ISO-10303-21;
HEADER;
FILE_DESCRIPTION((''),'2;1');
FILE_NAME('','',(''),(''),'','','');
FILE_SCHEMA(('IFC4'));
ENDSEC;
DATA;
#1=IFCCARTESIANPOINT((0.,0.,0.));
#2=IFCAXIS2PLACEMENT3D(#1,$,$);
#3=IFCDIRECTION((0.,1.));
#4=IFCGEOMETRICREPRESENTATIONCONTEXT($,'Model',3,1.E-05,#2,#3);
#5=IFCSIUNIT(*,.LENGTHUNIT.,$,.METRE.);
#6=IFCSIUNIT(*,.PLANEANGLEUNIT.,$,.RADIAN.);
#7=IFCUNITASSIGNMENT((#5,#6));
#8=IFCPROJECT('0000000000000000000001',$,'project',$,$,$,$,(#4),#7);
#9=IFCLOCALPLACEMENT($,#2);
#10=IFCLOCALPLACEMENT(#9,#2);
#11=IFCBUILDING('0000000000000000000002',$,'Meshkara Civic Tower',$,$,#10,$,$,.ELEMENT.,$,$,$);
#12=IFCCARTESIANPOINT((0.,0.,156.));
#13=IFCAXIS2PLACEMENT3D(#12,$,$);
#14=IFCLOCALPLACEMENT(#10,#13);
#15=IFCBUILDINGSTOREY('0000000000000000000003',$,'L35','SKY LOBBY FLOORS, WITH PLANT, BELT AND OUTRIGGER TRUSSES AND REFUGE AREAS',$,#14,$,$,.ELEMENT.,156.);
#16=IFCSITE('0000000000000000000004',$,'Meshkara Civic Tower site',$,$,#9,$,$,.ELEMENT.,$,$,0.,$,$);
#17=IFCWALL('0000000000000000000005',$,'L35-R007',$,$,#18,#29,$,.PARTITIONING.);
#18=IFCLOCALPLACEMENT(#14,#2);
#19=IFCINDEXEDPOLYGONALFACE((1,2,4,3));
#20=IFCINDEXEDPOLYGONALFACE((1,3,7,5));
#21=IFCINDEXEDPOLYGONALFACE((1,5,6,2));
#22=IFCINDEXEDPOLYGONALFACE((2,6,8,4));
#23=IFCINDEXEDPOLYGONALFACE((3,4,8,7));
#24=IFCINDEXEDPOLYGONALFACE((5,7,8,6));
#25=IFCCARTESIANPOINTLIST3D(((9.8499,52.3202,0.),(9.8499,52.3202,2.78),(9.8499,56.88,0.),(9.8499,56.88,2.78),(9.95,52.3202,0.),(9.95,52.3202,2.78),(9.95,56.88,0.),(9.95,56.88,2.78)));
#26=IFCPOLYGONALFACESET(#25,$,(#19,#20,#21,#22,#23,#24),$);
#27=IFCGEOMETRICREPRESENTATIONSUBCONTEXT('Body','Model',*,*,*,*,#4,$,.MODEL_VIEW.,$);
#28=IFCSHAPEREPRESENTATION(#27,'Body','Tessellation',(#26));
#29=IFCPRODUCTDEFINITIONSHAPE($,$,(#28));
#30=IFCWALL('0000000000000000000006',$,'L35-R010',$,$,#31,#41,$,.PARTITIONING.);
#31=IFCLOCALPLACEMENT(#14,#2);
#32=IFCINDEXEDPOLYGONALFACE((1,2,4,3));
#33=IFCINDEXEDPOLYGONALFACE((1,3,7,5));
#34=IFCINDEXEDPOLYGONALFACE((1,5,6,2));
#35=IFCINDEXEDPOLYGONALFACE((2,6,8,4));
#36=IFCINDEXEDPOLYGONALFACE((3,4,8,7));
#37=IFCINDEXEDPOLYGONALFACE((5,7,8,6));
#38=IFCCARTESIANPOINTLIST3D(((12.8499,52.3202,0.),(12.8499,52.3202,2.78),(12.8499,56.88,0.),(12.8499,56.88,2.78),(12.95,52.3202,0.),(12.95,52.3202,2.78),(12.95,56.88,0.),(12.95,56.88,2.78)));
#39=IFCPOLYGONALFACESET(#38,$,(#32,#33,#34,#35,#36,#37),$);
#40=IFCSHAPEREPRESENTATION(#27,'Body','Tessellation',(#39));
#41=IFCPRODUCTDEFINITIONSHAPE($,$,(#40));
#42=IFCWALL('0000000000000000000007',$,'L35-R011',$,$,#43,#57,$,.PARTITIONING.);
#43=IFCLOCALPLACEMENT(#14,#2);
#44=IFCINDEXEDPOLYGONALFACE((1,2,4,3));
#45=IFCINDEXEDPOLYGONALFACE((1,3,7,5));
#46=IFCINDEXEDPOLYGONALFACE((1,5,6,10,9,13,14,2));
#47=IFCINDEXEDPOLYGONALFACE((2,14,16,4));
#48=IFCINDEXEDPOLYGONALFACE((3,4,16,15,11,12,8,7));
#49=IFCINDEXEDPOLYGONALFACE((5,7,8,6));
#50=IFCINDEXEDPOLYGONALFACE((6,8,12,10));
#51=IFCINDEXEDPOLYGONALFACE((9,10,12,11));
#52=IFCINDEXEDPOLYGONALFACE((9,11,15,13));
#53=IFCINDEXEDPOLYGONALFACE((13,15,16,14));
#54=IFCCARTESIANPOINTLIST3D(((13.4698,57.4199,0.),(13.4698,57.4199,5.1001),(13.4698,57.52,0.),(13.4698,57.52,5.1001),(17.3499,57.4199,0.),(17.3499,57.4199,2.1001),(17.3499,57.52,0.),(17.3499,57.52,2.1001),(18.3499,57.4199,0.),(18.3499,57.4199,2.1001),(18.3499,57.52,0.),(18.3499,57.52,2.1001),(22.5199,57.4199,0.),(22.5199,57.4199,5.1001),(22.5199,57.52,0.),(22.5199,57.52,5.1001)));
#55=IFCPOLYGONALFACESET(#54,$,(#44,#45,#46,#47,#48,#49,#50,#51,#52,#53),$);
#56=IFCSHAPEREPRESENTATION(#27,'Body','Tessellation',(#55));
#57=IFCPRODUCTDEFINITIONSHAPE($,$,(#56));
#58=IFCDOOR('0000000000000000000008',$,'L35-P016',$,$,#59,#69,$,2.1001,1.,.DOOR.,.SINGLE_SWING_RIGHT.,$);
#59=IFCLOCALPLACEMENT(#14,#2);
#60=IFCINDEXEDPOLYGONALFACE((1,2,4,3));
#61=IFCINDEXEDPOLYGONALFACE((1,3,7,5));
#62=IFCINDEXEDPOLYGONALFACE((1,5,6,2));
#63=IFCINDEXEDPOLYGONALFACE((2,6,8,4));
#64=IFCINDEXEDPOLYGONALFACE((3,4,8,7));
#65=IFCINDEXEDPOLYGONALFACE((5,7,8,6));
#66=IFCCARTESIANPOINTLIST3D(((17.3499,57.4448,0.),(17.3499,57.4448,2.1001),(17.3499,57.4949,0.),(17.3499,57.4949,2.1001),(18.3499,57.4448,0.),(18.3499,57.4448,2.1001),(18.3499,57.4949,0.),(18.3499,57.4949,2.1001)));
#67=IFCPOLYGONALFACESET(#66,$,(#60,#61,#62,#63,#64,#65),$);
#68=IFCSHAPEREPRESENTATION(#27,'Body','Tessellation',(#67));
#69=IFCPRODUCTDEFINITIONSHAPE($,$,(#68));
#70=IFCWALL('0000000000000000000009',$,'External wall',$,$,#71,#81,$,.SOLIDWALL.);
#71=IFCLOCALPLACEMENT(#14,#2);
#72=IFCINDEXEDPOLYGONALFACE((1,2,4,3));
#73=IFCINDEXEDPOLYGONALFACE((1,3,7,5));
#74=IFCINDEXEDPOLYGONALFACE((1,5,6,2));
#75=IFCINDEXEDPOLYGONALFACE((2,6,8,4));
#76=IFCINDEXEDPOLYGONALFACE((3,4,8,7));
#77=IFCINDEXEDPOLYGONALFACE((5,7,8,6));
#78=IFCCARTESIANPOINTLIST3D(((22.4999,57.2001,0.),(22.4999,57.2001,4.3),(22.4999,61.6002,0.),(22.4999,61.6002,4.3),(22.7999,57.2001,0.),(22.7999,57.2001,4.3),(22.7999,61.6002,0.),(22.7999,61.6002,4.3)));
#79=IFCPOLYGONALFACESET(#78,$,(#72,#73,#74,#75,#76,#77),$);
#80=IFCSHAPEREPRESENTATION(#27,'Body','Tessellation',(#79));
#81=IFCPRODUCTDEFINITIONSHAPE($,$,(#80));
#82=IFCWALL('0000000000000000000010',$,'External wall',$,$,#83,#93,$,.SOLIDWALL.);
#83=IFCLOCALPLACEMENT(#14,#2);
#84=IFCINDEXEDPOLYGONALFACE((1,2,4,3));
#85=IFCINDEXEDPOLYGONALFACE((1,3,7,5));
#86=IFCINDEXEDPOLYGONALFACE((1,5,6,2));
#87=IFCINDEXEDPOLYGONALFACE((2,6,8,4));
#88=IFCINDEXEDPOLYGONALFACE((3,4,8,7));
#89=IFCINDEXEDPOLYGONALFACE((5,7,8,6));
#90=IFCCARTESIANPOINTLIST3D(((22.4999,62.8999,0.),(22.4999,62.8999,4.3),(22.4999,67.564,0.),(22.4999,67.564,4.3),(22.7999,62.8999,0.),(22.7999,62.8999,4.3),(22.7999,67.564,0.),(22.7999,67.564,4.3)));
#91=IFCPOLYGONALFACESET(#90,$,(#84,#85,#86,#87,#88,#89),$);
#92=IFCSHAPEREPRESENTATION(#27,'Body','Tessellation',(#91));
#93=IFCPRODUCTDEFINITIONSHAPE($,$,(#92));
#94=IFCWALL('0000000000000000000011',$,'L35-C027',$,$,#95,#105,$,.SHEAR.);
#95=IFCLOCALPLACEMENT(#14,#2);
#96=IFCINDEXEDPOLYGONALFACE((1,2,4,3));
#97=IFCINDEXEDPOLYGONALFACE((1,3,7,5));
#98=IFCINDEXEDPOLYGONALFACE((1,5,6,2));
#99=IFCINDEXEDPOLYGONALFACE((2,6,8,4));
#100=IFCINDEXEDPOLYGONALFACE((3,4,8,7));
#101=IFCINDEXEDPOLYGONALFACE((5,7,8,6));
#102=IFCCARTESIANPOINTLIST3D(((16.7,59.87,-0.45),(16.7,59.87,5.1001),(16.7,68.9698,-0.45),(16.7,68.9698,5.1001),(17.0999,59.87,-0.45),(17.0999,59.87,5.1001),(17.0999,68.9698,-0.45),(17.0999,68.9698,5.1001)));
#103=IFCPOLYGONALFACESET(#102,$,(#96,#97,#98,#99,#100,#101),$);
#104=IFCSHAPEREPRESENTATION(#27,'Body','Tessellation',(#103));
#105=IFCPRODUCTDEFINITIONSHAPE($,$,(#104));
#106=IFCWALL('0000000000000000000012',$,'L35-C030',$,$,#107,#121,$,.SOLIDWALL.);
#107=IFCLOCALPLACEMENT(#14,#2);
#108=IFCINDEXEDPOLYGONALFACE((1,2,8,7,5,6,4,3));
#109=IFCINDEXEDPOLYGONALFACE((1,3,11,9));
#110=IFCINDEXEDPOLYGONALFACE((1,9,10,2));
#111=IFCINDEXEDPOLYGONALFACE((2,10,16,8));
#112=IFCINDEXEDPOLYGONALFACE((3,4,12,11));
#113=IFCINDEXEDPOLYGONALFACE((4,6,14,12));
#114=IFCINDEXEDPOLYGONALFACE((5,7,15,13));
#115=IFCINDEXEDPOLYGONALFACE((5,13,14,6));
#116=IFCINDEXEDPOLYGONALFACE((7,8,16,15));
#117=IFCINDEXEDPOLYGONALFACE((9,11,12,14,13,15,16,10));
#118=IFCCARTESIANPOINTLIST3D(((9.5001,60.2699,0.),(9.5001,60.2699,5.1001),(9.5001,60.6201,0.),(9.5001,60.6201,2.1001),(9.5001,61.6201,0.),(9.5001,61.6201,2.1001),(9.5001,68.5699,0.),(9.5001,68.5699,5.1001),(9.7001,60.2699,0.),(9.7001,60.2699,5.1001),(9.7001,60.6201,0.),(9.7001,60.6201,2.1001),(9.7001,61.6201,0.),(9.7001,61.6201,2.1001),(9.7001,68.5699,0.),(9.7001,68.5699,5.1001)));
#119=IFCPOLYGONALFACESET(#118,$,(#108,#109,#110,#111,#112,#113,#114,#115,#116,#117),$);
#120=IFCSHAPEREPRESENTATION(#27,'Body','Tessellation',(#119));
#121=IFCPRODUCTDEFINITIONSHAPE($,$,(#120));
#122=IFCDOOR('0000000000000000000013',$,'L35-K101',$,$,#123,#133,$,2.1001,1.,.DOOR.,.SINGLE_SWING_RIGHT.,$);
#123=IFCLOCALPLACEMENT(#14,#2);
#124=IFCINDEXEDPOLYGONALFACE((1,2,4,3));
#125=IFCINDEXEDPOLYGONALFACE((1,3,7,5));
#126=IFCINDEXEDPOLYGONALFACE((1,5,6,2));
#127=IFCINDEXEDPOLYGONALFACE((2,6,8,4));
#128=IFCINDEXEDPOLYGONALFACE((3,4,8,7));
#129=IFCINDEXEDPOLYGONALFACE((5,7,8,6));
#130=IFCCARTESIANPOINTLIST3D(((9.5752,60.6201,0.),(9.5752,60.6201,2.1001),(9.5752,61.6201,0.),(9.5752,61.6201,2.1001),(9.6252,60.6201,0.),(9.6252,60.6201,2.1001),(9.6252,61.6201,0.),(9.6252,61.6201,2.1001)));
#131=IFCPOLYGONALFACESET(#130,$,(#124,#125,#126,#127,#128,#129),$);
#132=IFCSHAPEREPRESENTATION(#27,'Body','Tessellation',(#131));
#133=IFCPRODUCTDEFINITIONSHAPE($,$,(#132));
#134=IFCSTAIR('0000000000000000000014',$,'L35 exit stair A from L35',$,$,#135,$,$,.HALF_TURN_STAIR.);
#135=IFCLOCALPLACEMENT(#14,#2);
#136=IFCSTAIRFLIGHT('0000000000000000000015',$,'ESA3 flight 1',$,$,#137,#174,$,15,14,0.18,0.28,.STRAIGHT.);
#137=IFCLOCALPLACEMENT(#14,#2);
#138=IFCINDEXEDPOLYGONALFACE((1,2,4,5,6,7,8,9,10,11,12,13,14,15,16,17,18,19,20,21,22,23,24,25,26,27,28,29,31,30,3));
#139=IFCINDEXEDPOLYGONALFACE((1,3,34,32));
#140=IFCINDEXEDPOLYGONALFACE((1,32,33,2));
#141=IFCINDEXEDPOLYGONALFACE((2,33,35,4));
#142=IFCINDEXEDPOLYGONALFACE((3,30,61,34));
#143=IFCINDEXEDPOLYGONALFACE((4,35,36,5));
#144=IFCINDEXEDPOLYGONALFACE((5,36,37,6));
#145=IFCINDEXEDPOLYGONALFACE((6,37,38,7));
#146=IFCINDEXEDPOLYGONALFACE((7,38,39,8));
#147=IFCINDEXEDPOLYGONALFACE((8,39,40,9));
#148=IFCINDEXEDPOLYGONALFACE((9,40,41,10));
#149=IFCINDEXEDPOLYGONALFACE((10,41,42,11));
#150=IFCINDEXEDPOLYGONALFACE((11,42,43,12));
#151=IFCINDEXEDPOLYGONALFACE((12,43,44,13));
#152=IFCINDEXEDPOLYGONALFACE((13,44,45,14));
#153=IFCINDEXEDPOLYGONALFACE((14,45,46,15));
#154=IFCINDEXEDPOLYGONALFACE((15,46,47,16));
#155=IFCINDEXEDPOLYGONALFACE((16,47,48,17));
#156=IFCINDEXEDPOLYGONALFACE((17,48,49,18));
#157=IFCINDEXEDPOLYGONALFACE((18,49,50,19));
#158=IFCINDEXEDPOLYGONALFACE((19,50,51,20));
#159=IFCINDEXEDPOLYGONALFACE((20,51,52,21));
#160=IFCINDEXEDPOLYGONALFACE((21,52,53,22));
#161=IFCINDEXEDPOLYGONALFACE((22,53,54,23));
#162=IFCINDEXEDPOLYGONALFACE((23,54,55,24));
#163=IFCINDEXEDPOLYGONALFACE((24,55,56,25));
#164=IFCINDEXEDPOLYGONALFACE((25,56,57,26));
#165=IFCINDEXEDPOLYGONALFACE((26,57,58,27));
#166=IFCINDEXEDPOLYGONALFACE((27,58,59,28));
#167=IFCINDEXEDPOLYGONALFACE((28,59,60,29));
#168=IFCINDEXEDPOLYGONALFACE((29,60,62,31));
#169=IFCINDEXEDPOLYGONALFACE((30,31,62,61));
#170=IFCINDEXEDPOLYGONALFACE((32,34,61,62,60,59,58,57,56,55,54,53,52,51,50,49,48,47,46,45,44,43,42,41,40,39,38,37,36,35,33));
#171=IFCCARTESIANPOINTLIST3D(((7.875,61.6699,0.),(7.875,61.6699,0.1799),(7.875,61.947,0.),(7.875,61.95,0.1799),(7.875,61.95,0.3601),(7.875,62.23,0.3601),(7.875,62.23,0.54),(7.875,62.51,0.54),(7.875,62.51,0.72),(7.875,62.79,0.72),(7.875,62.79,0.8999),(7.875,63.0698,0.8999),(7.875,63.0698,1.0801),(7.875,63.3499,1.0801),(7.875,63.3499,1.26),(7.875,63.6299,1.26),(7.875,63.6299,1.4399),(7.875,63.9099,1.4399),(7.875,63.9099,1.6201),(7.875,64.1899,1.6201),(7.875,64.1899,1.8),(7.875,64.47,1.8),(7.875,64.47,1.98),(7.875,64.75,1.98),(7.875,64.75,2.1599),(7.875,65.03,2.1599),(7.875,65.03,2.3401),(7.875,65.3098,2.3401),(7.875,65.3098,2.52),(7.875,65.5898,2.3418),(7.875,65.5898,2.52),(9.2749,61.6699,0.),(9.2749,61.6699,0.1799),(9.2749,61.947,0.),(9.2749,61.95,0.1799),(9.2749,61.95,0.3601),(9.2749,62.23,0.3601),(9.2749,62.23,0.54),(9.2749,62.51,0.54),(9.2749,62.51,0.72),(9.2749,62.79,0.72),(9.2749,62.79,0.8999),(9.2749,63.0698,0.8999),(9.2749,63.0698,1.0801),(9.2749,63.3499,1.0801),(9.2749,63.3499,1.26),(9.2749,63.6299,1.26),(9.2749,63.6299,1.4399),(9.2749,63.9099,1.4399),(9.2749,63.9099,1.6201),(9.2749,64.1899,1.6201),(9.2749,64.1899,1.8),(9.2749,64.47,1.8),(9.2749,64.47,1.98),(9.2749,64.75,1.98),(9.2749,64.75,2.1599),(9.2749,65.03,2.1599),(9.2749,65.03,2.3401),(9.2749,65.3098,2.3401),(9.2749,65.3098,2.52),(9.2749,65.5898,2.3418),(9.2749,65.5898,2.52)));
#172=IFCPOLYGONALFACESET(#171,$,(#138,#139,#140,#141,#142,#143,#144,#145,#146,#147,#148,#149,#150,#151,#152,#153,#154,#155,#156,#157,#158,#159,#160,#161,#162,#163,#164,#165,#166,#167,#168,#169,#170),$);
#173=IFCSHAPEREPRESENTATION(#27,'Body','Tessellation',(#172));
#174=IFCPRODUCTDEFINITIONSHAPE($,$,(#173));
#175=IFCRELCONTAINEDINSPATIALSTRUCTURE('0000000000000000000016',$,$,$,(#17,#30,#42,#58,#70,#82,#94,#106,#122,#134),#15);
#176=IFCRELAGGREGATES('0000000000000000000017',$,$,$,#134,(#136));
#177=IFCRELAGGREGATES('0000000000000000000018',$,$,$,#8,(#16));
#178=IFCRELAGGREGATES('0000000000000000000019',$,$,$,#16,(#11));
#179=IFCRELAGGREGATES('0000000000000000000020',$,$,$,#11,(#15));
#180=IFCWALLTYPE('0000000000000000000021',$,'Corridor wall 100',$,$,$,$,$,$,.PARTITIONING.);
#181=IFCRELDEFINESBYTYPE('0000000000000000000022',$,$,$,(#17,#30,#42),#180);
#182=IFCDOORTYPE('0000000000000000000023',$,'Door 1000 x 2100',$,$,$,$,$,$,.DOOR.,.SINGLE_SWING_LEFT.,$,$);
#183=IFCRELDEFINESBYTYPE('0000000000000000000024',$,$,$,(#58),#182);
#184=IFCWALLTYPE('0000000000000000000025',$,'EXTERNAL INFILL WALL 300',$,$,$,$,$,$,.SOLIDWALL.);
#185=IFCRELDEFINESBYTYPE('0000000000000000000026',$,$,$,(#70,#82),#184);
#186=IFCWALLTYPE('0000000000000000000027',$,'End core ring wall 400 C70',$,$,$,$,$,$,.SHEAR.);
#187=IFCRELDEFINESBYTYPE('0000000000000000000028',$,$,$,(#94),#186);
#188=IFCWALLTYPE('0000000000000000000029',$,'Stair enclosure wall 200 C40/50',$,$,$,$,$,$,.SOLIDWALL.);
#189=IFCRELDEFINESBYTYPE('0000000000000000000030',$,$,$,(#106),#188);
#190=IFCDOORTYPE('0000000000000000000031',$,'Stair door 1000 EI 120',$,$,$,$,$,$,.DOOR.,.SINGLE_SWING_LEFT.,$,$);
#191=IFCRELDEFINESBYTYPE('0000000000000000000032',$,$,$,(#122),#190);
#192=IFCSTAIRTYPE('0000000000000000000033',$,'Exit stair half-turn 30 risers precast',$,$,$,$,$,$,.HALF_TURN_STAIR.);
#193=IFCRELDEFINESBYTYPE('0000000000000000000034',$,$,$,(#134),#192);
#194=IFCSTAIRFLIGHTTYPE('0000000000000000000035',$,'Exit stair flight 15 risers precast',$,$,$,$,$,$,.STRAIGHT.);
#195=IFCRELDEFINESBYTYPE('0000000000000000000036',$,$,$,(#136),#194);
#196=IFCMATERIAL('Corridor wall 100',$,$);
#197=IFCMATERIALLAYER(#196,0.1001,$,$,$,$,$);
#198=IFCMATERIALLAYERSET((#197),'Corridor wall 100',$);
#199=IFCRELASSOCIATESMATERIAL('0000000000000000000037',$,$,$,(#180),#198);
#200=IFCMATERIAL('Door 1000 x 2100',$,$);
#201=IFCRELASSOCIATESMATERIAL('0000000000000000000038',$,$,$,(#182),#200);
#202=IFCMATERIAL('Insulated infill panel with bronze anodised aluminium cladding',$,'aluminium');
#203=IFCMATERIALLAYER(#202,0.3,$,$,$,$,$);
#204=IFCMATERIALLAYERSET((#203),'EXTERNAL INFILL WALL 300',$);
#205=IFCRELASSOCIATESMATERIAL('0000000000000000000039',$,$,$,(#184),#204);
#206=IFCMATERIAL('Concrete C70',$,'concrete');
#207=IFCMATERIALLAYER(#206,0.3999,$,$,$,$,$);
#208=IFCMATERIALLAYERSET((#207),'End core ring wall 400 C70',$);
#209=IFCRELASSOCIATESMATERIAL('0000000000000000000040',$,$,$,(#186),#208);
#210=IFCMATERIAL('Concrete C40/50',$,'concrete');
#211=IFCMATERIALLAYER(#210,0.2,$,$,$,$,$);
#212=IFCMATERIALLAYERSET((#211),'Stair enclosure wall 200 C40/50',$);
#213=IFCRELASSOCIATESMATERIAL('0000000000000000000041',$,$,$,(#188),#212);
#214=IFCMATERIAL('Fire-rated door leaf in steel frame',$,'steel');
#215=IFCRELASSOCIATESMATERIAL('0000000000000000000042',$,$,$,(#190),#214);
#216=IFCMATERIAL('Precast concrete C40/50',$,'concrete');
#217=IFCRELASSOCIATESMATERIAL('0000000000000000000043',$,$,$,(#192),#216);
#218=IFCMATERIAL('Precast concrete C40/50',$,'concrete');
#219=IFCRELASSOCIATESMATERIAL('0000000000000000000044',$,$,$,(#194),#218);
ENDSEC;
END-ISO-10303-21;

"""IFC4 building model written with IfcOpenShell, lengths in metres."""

from ifc_helpers import new_model, si_unit, direction, frame, frame_2d, origin, place, context, subcontext, project, spatial, polyline, rectangle, outline, extrude, material, layer, layer_set, type_object, element, fill, aggregate, save


model = new_model("IFC4")

# Units and contexts
model_context = context("Model", 3, precision=1e-05, world=origin(), true_north=direction((0.0, 1.0)))
body_context = subcontext(model_context, "Body", "Model", "MODEL_VIEW")
ifc_project = project(units=[si_unit("LENGTHUNIT", "METRE"), si_unit("PLANEANGLEUNIT", "RADIAN")], contexts=[model_context])

# Site, building, storey
site_placement = place(None, origin())
site = spatial("IfcSite", under=ifc_project, at=site_placement, Name="Meshkara Civic Tower site", CompositionType="ELEMENT", RefElevation=0.0)
building_placement = place(site_placement, origin())
building = spatial("IfcBuilding", under=site, at=building_placement, Name="Meshkara Civic Tower", CompositionType="ELEMENT")
storey_placement = place(building_placement, frame((0.0, 0.0, 156.0)))
storey = spatial("IfcBuildingStorey", under=building, at=storey_placement, Name="L35", Description="SKY LOBBY FLOORS, WITH PLANT, BELT AND OUTRIGGER TRUSSES AND REFUGE AREAS", CompositionType="ELEMENT", Elevation=156.0)

# Walls
ifc_material_1 = material(Name="Corridor wall 100")
ifc_layer_1 = layer(ifc_material_1, 0.1001)
ifc_layer_set_1 = layer_set([ifc_layer_1], Name="Corridor wall 100")
wall_type_1 = type_object("IfcWallType", Name="Corridor wall 100", PredefinedType="PARTITIONING", material=ifc_layer_set_1)
for number, where, z_axis, x_axis, name in (
    (1, (9.8999, 56.8799, 0.0), (0.0, 0.0, 1.0), (0.0, -1.0, 0.0), "L35-R007"),
    (2, (12.8999, 56.8799, 0.0), (0.0, 0.0, 1.0), (0.0, -1.0, 0.0), "L35-R010"),
):
    element("IfcWall", number, at=place(storey_placement, frame(where, z_axis=z_axis, x_axis=x_axis)), inside=storey, type_object=wall_type_1, Name=name, PredefinedType="PARTITIONING", context=body_context, shape_type="SweptSolid", body=[
        extrude(rectangle(XDim=4.5598, YDim=0.1001, at=frame_2d((2.2798, 0.0))), origin(), (0.0, 0.0, 1.0), 2.78),
    ])

# Wall, opening, door
wall_1_placement = place(storey_placement, frame((13.47, 57.47, 0.0), z_axis=(0.0, 0.0, 1.0), x_axis=(1.0, 0.0, 0.0)))
wall_1 = element("IfcWall", 3, at=wall_1_placement, inside=storey, type_object=wall_type_1, Name="L35-R011", PredefinedType="PARTITIONING", context=body_context, shape_type="SweptSolid", body=[
    extrude(rectangle(XDim=9.05, YDim=0.1001, at=frame_2d((4.5249, 0.0))), origin(), (0.0, 0.0, 1.0), 5.1001),
])
opening_1_placement = place(wall_1_placement, frame((3.8799, 0.0, 0.0)))
opening_1 = element("IfcOpeningElement", 4, at=opening_1_placement, cuts=wall_1, PredefinedType="OPENING", context=body_context, shape_type="SweptSolid", body=[
    extrude(rectangle(XDim=1.0, YDim=2.1001, at=frame_2d((0.5, 1.05))), frame((0.0, 0.0601, 0.0), z_axis=(0.0, -1.0, 0.0), x_axis=(1.0, 0.0, 0.0)), (0.0, 0.0, 1.0), 0.1201),
])
ifc_material_2 = material(Name="Door 1000 x 2100")
door_type_1 = type_object("IfcDoorType", Name="Door 1000 x 2100", OperationType="SINGLE_SWING_LEFT", PredefinedType="DOOR", material=ifc_material_2)
door_1_placement = place(opening_1_placement, origin())
door_1 = element("IfcDoor", 5, at=door_1_placement, inside=storey, type_object=door_type_1, Name="L35-P016", OperationType="SINGLE_SWING_RIGHT", OverallHeight=2.1001, OverallWidth=1.0, PredefinedType="DOOR", context=body_context, shape_type="SweptSolid", body=[
    extrude(rectangle(XDim=1.0, YDim=2.1001, at=frame_2d((0.5, 1.05))), frame((0.0, 0.0249, 0.0), z_axis=(0.0, -1.0, 0.0), x_axis=(1.0, 0.0, 0.0)), (0.0, 0.0, 1.0), 0.05),
])
fill(opening_1, door_1)

# Walls
ifc_material_3 = material(Name="Insulated infill panel with bronze anodised aluminium cladding", Category="aluminium")
ifc_layer_2 = layer(ifc_material_3, 0.3)
ifc_layer_set_2 = layer_set([ifc_layer_2], Name="EXTERNAL INFILL WALL 300")
wall_type_2 = type_object("IfcWallType", Name="EXTERNAL INFILL WALL 300", PredefinedType="SOLIDWALL", material=ifc_layer_set_2)
wall_2_placement = place(storey_placement, frame((22.6499, 57.2, 0.0), z_axis=(0.0, 0.0, 1.0), x_axis=(0.0, 1.0, 0.0)))
element("IfcWall", 6, at=wall_2_placement, inside=storey, type_object=wall_type_2, Name="External wall", PredefinedType="SOLIDWALL", context=body_context, shape_type="SweptSolid", body=[
    extrude(rectangle(XDim=4.4001, YDim=0.3, at=frame_2d((2.2002, 0.0))), origin(), (0.0, 0.0, 1.0), 4.3),
])
wall_3_placement = place(storey_placement, frame((22.6499, 62.8999, 0.0), z_axis=(0.0, 0.0, 1.0), x_axis=(0.0, 1.0, 0.0)))
element("IfcWall", 7, at=wall_3_placement, inside=storey, type_object=wall_type_2, Name="External wall", PredefinedType="SOLIDWALL", context=body_context, shape_type="SweptSolid", body=[
    extrude(rectangle(XDim=4.6641, YDim=0.3, at=frame_2d((2.332, 0.0))), origin(), (0.0, 0.0, 1.0), 4.3),
])
ifc_material_4 = material(Name="Concrete C70", Category="concrete")
ifc_layer_3 = layer(ifc_material_4, 0.3999)
ifc_layer_set_3 = layer_set([ifc_layer_3], Name="End core ring wall 400 C70")
wall_type_3 = type_object("IfcWallType", Name="End core ring wall 400 C70", PredefinedType="SHEAR", material=ifc_layer_set_3)
wall_4_placement = place(storey_placement, frame((16.8999, 59.8701, -0.45), z_axis=(0.0, 0.0, 1.0), x_axis=(0.0, 1.0, 0.0)))
element("IfcWall", 8, at=wall_4_placement, inside=storey, type_object=wall_type_3, Name="L35-C027", PredefinedType="SHEAR", context=body_context, shape_type="SweptSolid", body=[
    extrude(rectangle(XDim=9.0999, YDim=0.3999, at=frame_2d((4.5498, 0.0))), origin(), (0.0, 0.0, 1.0), 5.55),
])

# Wall, opening, door
ifc_material_5 = material(Name="Concrete C40/50", Category="concrete")
ifc_layer_4 = layer(ifc_material_5, 0.2)
ifc_layer_set_4 = layer_set([ifc_layer_4], Name="Stair enclosure wall 200 C40/50")
wall_type_4 = type_object("IfcWallType", Name="Stair enclosure wall 200 C40/50", PredefinedType="SOLIDWALL", material=ifc_layer_set_4)
wall_5_placement = place(storey_placement, frame((9.6001, 60.27, 0.0), z_axis=(0.0, 0.0, 1.0), x_axis=(0.0, 1.0, 0.0)))
wall_5 = element("IfcWall", 9, at=wall_5_placement, inside=storey, type_object=wall_type_4, Name="L35-C030", PredefinedType="SOLIDWALL", context=body_context, shape_type="SweptSolid", body=[
    extrude(rectangle(XDim=8.3, YDim=0.2, at=frame_2d((4.1499, 0.0))), origin(), (0.0, 0.0, 1.0), 5.1001),
])
opening_2_placement = place(wall_5_placement, frame((0.3501, 0.0, 0.0)))
opening_2 = element("IfcOpeningElement", 10, at=opening_2_placement, cuts=wall_5, PredefinedType="OPENING", context=body_context, shape_type="SweptSolid", body=[
    extrude(rectangle(XDim=1.0, YDim=2.1001, at=frame_2d((0.5, 1.05))), frame((0.0, 0.1099, 0.0), z_axis=(0.0, -1.0, 0.0), x_axis=(1.0, 0.0, 0.0)), (0.0, 0.0, 1.0), 0.22),
])
ifc_material_6 = material(Name="Fire-rated door leaf in steel frame", Category="steel")
door_type_2 = type_object("IfcDoorType", Name="Stair door 1000 EI 120", OperationType="SINGLE_SWING_LEFT", PredefinedType="DOOR", material=ifc_material_6)
door_2_placement = place(opening_2_placement, origin())
door_2 = element("IfcDoor", 11, at=door_2_placement, inside=storey, type_object=door_type_2, Name="L35-K101", OperationType="SINGLE_SWING_RIGHT", OverallHeight=2.1001, OverallWidth=1.0, PredefinedType="DOOR", context=body_context, shape_type="SweptSolid", body=[
    extrude(rectangle(XDim=1.0, YDim=2.1001, at=frame_2d((0.5, 1.05))), frame((0.0, 0.0249, 0.0), z_axis=(0.0, -1.0, 0.0), x_axis=(1.0, 0.0, 0.0)), (0.0, 0.0, 1.0), 0.05),
])
fill(opening_2, door_2)

# Stair, stair flight
ifc_material_7 = material(Name="Precast concrete C40/50", Category="concrete")
stair_type = type_object("IfcStairType", Name="Exit stair half-turn 30 risers precast", PredefinedType="HALF_TURN_STAIR", material=ifc_material_7)
stair_placement = place(storey_placement, origin())
stair = element("IfcStair", 12, at=stair_placement, inside=storey, type_object=stair_type, Name="L35 exit stair A from L35", PredefinedType="HALF_TURN_STAIR")
ifc_material_8 = material(Name="Precast concrete C40/50", Category="concrete")
stair_flight_type = type_object("IfcStairFlightType", Name="Exit stair flight 15 risers precast", PredefinedType="STRAIGHT", material=ifc_material_8)
stair_flight_placement = place(storey_placement, frame((8.575, 61.6699, 0.0), z_axis=(0.0, 0.0, 1.0), x_axis=(0.0, 1.0, 0.0)))
stair_flight = element("IfcStairFlight", 13, at=stair_flight_placement, type_object=stair_flight_type, Name="ESA3 flight 1", NumberOfRisers=15, NumberOfTreads=14, PredefinedType="STRAIGHT", RiserHeight=0.18, TreadLength=0.28, context=body_context, shape_type="SweptSolid", body=[
    extrude(outline(polyline([(0.0, 0.0), (0.0, 0.1799), (0.28, 0.1799), (0.28, 0.3601), (0.5601, 0.3601), (0.5601, 0.54), (0.8401, 0.54), (0.8401, 0.72), (1.1201, 0.72), (1.1201, 0.8999), (1.3999, 0.8999), (1.3999, 1.0801), (1.6799, 1.0801), (1.6799, 1.26), (1.96, 1.26), (1.96, 1.4399), (2.24, 1.4399), (2.24, 1.6201), (2.52, 1.6201), (2.52, 1.8), (2.8, 1.8), (2.8, 1.98), (3.0801, 1.98), (3.0801, 2.1599), (3.3601, 2.1599), (3.3601, 2.3401), (3.6399, 2.3401), (3.6399, 2.52), (3.9199, 2.52), (3.9199, 2.7), (3.9199, 2.3418), (0.2771, 0.0), (0.0, 0.0)])), frame((0.0, 0.7, 0.0), z_axis=(0.0, -1.0, 0.0), x_axis=(1.0, 0.0, 0.0)), (0.0, 0.0, 1.0), 1.3999),
])
aggregate(stair, [stair_flight])

save(model, "model.ifc")
